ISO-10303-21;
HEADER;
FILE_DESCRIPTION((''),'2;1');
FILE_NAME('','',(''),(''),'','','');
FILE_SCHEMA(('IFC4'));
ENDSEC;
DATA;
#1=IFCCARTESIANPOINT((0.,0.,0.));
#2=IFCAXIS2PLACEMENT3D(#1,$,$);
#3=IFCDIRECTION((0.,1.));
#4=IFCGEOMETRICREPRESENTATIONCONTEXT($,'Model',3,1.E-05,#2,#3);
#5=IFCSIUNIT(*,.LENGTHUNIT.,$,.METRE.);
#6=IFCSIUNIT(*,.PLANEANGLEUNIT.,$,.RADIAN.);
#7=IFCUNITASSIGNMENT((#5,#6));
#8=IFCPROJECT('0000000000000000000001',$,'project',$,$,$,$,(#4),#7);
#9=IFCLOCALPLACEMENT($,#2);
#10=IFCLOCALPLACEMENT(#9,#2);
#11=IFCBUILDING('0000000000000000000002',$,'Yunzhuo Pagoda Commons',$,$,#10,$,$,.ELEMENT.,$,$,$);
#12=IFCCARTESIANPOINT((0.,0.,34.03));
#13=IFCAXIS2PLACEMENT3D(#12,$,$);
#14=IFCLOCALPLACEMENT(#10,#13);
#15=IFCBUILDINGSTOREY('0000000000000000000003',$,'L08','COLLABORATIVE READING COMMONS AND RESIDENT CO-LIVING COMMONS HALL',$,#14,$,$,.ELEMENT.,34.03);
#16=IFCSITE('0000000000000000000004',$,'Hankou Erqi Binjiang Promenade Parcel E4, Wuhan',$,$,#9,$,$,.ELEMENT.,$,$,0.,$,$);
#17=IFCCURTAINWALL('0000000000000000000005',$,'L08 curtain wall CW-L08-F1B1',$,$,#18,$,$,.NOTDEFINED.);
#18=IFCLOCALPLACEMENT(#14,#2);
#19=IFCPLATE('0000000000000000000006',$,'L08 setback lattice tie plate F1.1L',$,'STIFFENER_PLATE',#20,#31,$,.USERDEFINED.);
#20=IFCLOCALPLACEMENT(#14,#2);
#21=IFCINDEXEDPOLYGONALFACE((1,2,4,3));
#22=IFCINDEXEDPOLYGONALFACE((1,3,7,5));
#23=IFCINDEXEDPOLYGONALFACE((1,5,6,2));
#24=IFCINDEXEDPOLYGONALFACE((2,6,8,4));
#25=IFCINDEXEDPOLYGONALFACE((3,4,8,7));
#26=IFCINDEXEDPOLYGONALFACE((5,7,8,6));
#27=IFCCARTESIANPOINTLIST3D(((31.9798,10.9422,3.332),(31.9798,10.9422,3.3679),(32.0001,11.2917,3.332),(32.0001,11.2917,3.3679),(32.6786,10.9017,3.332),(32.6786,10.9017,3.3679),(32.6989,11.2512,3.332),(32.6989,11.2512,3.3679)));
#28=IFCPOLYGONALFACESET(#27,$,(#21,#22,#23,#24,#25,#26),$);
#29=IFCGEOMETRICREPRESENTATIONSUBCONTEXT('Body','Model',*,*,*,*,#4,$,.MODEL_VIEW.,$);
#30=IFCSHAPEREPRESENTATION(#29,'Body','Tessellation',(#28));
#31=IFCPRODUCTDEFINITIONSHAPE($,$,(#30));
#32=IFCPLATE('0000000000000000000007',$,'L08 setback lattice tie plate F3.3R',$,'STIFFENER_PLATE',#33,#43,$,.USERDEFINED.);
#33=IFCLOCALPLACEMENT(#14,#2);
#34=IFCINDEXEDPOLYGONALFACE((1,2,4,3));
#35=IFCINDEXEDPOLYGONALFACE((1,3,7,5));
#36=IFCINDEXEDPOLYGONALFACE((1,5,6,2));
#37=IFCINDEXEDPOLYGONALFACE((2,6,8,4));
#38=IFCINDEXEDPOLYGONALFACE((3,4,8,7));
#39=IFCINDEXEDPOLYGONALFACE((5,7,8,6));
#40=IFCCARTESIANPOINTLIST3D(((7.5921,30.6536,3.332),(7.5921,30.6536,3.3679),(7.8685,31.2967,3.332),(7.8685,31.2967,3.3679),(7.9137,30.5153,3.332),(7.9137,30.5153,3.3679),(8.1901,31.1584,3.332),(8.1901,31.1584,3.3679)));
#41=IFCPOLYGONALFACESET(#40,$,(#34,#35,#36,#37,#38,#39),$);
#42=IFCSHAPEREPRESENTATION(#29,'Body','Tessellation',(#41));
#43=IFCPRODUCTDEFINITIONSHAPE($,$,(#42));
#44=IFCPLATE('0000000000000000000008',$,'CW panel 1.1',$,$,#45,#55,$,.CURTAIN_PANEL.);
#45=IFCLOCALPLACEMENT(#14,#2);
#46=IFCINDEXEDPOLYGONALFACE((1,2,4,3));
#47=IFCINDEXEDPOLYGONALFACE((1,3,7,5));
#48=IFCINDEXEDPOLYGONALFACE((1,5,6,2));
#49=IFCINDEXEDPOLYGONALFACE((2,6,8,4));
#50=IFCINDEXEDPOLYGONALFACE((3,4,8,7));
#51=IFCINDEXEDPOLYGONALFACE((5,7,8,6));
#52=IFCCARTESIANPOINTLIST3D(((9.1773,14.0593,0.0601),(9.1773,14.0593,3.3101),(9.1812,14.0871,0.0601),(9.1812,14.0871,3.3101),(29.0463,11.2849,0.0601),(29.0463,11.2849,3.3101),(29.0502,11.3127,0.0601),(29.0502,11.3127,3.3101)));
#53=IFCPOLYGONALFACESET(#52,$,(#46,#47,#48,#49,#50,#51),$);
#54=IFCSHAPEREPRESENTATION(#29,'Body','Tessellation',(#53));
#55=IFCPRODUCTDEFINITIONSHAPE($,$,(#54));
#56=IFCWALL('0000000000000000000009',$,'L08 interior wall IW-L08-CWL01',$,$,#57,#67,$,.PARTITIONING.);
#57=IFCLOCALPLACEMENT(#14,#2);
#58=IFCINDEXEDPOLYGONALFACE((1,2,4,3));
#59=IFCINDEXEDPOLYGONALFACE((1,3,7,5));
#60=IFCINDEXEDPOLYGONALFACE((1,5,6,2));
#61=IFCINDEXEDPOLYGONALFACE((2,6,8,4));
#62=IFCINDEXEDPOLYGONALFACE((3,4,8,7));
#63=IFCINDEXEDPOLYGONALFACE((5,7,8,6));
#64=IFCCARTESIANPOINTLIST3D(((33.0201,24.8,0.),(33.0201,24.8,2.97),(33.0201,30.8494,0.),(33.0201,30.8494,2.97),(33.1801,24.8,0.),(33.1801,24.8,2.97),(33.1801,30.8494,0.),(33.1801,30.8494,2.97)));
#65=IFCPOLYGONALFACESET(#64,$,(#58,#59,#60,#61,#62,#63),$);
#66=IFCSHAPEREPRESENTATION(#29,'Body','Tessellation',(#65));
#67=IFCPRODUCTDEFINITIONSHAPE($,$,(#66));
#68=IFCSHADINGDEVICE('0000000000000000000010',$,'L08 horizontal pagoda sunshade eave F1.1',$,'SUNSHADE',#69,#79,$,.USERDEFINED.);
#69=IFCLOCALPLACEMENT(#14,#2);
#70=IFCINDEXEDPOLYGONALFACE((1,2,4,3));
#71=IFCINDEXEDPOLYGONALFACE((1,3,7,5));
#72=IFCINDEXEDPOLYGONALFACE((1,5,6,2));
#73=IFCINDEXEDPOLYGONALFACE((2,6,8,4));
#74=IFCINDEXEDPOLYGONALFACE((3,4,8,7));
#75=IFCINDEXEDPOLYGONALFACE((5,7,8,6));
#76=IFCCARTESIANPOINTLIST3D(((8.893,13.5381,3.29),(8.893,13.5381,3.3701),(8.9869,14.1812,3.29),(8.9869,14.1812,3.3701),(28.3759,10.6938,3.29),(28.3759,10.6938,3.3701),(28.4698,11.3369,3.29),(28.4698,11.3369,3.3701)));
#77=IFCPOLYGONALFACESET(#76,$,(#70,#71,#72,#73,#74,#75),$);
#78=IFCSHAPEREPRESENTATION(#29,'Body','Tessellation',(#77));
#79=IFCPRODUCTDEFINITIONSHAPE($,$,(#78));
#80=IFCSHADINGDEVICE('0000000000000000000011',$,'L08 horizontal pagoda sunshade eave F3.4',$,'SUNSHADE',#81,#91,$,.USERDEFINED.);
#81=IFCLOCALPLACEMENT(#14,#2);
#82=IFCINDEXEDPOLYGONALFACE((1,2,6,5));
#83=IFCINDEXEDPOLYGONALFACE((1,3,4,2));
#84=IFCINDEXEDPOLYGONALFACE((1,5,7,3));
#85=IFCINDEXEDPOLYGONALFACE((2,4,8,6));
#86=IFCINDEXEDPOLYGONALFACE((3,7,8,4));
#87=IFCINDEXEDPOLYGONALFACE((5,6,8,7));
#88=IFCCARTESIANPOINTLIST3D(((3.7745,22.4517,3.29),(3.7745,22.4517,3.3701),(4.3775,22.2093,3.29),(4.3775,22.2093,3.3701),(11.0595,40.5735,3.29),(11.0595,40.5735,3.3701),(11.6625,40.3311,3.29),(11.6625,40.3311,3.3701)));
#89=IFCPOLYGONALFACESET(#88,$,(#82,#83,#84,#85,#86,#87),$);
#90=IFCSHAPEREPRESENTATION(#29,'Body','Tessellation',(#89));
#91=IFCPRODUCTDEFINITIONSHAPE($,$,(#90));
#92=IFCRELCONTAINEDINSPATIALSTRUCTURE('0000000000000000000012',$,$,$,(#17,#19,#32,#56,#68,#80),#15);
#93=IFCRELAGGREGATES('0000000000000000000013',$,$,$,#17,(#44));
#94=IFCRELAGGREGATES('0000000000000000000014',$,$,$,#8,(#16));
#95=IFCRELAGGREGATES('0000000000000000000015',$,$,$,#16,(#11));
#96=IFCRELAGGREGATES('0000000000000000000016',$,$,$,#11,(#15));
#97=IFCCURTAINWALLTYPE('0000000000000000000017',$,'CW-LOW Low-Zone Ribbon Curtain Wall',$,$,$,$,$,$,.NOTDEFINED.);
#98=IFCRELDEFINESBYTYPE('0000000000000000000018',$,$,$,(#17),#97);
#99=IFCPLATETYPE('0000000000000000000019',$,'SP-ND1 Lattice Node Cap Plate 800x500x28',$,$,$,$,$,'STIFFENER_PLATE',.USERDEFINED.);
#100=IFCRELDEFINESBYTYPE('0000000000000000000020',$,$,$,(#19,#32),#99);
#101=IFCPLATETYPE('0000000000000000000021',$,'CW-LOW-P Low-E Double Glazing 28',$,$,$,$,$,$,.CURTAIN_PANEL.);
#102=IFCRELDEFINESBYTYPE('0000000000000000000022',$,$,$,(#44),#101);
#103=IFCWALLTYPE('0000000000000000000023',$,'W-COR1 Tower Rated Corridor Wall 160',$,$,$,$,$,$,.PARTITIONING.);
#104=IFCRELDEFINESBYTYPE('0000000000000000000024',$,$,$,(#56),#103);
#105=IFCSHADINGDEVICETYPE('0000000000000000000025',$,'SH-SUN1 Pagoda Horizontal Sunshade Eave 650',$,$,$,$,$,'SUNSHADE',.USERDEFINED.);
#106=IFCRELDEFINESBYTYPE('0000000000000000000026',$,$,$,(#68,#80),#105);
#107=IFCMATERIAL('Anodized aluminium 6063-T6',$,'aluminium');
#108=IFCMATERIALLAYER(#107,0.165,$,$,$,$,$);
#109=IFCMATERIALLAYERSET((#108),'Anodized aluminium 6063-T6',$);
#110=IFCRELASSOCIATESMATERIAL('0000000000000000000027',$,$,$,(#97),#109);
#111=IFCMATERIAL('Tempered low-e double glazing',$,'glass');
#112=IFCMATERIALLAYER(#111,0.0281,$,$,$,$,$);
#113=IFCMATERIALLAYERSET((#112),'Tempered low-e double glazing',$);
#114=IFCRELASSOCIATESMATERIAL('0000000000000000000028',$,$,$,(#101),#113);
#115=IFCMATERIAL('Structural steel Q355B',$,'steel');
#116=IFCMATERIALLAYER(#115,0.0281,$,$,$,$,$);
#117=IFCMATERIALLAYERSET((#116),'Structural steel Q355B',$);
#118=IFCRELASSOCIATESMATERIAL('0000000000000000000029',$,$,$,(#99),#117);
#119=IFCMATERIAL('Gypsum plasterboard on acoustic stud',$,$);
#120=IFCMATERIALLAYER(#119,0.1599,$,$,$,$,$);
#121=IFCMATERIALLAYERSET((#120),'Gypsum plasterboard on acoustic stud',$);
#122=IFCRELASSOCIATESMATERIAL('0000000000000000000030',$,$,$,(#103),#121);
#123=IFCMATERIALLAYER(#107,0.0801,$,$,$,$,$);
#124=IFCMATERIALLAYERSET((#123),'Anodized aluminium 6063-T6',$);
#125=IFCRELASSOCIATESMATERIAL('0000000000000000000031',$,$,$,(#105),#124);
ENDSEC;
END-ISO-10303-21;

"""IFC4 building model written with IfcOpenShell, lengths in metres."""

from ifc_helpers import new_model, si_unit, direction, frame, frame_2d, origin, origin_2d, place, context, subcontext, project, spatial, rectangle, extrude, source, transform, mapped, material, layer, layer_set, type_object, element, aggregate, save


model = new_model("IFC4")

# Units and contexts
model_context = context("Model", 3, precision=1e-05, world=origin(), true_north=direction((0.0, 1.0)))
body_context = subcontext(model_context, "Body", "Model", "MODEL_VIEW")
ifc_project = project(units=[si_unit("LENGTHUNIT", "METRE"), si_unit("PLANEANGLEUNIT", "RADIAN")], contexts=[model_context])

# Site, building, storey
site_placement = place(None, origin())
site = spatial("IfcSite", under=ifc_project, at=site_placement, Name="Hankou Erqi Binjiang Promenade Parcel E4, Wuhan", CompositionType="ELEMENT", RefElevation=0.0)
building_placement = place(site_placement, origin())
building = spatial("IfcBuilding", under=site, at=building_placement, Name="Yunzhuo Pagoda Commons", CompositionType="ELEMENT")
storey_placement = place(building_placement, frame((0.0, 0.0, 34.03)))
storey = spatial("IfcBuildingStorey", under=building, at=storey_placement, Name="L08", Description="COLLABORATIVE READING COMMONS AND RESIDENT CO-LIVING COMMONS HALL", CompositionType="ELEMENT", Elevation=34.03)

# Shared definitions
ifc_material_1 = material(Name="Structural steel Q355B", Category="steel")

# Curtain wall
ifc_material_2 = material(Name="Anodized aluminium 6063-T6", Category="aluminium")
ifc_layer_1 = layer(ifc_material_2, 0.165)
ifc_layer_set_1 = layer_set([ifc_layer_1], Name="Anodized aluminium 6063-T6")
curtain_wall_type = type_object("IfcCurtainWallType", Name="CW-LOW Low-Zone Ribbon Curtain Wall", PredefinedType="NOTDEFINED", material=ifc_layer_set_1)
curtain_wall_1_placement = place(storey_placement, origin())
curtain_wall_1 = element("IfcCurtainWall", 1, at=curtain_wall_1_placement, inside=storey, type_object=curtain_wall_type, Name="L08 curtain wall CW-L08-F1B1", PredefinedType="NOTDEFINED")

# Shared definitions
ifc_material_3 = material(Name="Tempered low-e double glazing", Category="glass")
ifc_layer_2 = layer(ifc_material_3, 0.0281)
ifc_layer_set_2 = layer_set([ifc_layer_2], Name="Tempered low-e double glazing")
plate_type_1 = type_object("IfcPlateType", Name="CW-LOW-P Low-E Double Glazing 28", PredefinedType="CURTAIN_PANEL", material=ifc_layer_set_2)

# Plates
ifc_layer_3 = layer(ifc_material_1, 0.0281)
ifc_layer_set_3 = layer_set([ifc_layer_3], Name="Structural steel Q355B")
plate_type_2 = type_object("IfcPlateType", Name="SP-ND1 Lattice Node Cap Plate 800x500x28", ElementType="STIFFENER_PLATE", PredefinedType="USERDEFINED", material=ifc_layer_set_3)
shared_shape_1 = source(origin(), body_context, "Body", "SweptSolid", [
    extrude(rectangle(XDim=0.7, YDim=0.3501, at=origin_2d()), origin(), (0.0, 0.0, 1.0), 0.0359),
])
for number, where, z_axis, x_axis, name in (
    (2, (32.3394, 11.0967, 3.332), (0.0, 0.0, 1.0), (0.998323, -0.057895, 0.0), "L08 setback lattice tie plate F1.1L"),
    (3, (7.8911, 30.906, 3.332), (0.0, 0.0, 1.0), (-0.394856, -0.918743, 0.0), "L08 setback lattice tie plate F3.3R"),
):
    element("IfcPlate", number, at=place(storey_placement, frame(where, z_axis=z_axis, x_axis=x_axis)), inside=storey, type_object=plate_type_2, Name=name, ObjectType="STIFFENER_PLATE", PredefinedType="USERDEFINED", context=body_context, shape_type="MappedRepresentation", body=[
        mapped(shared_shape_1, transform((0.0, 0.0, 0.0), scale=1.0)),
    ])

# Plate
shared_shape_2 = source(origin(), body_context, "Body", "SweptSolid", [
    extrude(rectangle(XDim=20.0618, YDim=0.0281, at=origin_2d()), origin(), (0.0, 0.0, 1.0), 3.25),
])
plate_1_placement = place(storey_placement, frame((19.1138, 12.686, 0.0601), z_axis=(0.0, 0.0, 1.0), x_axis=(0.990391, -0.138294, 0.0)))
plate_1 = element("IfcPlate", 4, at=plate_1_placement, type_object=plate_type_1, Name="CW panel 1.1", PredefinedType="CURTAIN_PANEL", context=body_context, shape_type="MappedRepresentation", body=[
    mapped(shared_shape_2, transform((0.0, 0.0, 0.0), scale=1.0)),
])
aggregate(curtain_wall_1, [plate_1])

# Wall
ifc_material_4 = material(Name="Gypsum plasterboard on acoustic stud")
ifc_layer_4 = layer(ifc_material_4, 0.1599)
ifc_layer_set_4 = layer_set([ifc_layer_4], Name="Gypsum plasterboard on acoustic stud")
wall_type = type_object("IfcWallType", Name="W-COR1 Tower Rated Corridor Wall 160", PredefinedType="PARTITIONING", material=ifc_layer_set_4)
wall_placement = place(storey_placement, frame((33.1001, 24.8, 0.0), z_axis=(0.0, 0.0, 1.0), x_axis=(0.0, 1.0, 0.0)))
element("IfcWall", 5, at=wall_placement, inside=storey, type_object=wall_type, Name="L08 interior wall IW-L08-CWL01", PredefinedType="PARTITIONING", context=body_context, shape_type="SweptSolid", body=[
    extrude(rectangle(XDim=6.0493, YDim=0.1599, at=frame_2d((3.0247, 0.0))), origin(), (0.0, 0.0, 1.0), 2.97),
])

# Shading devices
ifc_layer_5 = layer(ifc_material_2, 0.0801)
ifc_layer_set_5 = layer_set([ifc_layer_5], Name="Anodized aluminium 6063-T6")
shading_device_type = type_object("IfcShadingDeviceType", Name="SH-SUN1 Pagoda Horizontal Sunshade Eave 650", ElementType="SUNSHADE", PredefinedType="USERDEFINED", material=ifc_layer_set_5)
shared_shape_3 = source(origin(), body_context, "Body", "SweptSolid", [
    extrude(rectangle(XDim=19.6895, YDim=0.6499, at=origin_2d()), origin(), (0.0, 0.0, 1.0), 0.0801),
])
shading_device_1_placement = place(storey_placement, frame((18.6814, 12.4375, 3.29), z_axis=(0.0, 0.0, 1.0), x_axis=(0.989511, -0.14446, 0.0)))
element("IfcShadingDevice", 6, at=shading_device_1_placement, inside=storey, type_object=shading_device_type, Name="L08 horizontal pagoda sunshade eave F1.1", ObjectType="SUNSHADE", PredefinedType="USERDEFINED", context=body_context, shape_type="MappedRepresentation", body=[
    mapped(shared_shape_3, transform((0.0, 0.0, 0.0), scale=1.0)),
])
shared_shape_4 = source(origin(), body_context, "Body", "SweptSolid", [
    extrude(rectangle(XDim=19.5312, YDim=0.6499, at=origin_2d()), origin(), (0.0, 0.0, 1.0), 0.0801),
])
shading_device_2_placement = place(storey_placement, frame((7.7185, 31.3914, 3.29), z_axis=(0.0, 0.0, 1.0), x_axis=(-0.372988, -0.927836, 0.0)))
element("IfcShadingDevice", 7, at=shading_device_2_placement, inside=storey, type_object=shading_device_type, Name="L08 horizontal pagoda sunshade eave F3.4", ObjectType="SUNSHADE", PredefinedType="USERDEFINED", context=body_context, shape_type="MappedRepresentation", body=[
    mapped(shared_shape_4, transform((0.0, 0.0, 0.0), scale=1.0)),
])

save(model, "model.ifc")
